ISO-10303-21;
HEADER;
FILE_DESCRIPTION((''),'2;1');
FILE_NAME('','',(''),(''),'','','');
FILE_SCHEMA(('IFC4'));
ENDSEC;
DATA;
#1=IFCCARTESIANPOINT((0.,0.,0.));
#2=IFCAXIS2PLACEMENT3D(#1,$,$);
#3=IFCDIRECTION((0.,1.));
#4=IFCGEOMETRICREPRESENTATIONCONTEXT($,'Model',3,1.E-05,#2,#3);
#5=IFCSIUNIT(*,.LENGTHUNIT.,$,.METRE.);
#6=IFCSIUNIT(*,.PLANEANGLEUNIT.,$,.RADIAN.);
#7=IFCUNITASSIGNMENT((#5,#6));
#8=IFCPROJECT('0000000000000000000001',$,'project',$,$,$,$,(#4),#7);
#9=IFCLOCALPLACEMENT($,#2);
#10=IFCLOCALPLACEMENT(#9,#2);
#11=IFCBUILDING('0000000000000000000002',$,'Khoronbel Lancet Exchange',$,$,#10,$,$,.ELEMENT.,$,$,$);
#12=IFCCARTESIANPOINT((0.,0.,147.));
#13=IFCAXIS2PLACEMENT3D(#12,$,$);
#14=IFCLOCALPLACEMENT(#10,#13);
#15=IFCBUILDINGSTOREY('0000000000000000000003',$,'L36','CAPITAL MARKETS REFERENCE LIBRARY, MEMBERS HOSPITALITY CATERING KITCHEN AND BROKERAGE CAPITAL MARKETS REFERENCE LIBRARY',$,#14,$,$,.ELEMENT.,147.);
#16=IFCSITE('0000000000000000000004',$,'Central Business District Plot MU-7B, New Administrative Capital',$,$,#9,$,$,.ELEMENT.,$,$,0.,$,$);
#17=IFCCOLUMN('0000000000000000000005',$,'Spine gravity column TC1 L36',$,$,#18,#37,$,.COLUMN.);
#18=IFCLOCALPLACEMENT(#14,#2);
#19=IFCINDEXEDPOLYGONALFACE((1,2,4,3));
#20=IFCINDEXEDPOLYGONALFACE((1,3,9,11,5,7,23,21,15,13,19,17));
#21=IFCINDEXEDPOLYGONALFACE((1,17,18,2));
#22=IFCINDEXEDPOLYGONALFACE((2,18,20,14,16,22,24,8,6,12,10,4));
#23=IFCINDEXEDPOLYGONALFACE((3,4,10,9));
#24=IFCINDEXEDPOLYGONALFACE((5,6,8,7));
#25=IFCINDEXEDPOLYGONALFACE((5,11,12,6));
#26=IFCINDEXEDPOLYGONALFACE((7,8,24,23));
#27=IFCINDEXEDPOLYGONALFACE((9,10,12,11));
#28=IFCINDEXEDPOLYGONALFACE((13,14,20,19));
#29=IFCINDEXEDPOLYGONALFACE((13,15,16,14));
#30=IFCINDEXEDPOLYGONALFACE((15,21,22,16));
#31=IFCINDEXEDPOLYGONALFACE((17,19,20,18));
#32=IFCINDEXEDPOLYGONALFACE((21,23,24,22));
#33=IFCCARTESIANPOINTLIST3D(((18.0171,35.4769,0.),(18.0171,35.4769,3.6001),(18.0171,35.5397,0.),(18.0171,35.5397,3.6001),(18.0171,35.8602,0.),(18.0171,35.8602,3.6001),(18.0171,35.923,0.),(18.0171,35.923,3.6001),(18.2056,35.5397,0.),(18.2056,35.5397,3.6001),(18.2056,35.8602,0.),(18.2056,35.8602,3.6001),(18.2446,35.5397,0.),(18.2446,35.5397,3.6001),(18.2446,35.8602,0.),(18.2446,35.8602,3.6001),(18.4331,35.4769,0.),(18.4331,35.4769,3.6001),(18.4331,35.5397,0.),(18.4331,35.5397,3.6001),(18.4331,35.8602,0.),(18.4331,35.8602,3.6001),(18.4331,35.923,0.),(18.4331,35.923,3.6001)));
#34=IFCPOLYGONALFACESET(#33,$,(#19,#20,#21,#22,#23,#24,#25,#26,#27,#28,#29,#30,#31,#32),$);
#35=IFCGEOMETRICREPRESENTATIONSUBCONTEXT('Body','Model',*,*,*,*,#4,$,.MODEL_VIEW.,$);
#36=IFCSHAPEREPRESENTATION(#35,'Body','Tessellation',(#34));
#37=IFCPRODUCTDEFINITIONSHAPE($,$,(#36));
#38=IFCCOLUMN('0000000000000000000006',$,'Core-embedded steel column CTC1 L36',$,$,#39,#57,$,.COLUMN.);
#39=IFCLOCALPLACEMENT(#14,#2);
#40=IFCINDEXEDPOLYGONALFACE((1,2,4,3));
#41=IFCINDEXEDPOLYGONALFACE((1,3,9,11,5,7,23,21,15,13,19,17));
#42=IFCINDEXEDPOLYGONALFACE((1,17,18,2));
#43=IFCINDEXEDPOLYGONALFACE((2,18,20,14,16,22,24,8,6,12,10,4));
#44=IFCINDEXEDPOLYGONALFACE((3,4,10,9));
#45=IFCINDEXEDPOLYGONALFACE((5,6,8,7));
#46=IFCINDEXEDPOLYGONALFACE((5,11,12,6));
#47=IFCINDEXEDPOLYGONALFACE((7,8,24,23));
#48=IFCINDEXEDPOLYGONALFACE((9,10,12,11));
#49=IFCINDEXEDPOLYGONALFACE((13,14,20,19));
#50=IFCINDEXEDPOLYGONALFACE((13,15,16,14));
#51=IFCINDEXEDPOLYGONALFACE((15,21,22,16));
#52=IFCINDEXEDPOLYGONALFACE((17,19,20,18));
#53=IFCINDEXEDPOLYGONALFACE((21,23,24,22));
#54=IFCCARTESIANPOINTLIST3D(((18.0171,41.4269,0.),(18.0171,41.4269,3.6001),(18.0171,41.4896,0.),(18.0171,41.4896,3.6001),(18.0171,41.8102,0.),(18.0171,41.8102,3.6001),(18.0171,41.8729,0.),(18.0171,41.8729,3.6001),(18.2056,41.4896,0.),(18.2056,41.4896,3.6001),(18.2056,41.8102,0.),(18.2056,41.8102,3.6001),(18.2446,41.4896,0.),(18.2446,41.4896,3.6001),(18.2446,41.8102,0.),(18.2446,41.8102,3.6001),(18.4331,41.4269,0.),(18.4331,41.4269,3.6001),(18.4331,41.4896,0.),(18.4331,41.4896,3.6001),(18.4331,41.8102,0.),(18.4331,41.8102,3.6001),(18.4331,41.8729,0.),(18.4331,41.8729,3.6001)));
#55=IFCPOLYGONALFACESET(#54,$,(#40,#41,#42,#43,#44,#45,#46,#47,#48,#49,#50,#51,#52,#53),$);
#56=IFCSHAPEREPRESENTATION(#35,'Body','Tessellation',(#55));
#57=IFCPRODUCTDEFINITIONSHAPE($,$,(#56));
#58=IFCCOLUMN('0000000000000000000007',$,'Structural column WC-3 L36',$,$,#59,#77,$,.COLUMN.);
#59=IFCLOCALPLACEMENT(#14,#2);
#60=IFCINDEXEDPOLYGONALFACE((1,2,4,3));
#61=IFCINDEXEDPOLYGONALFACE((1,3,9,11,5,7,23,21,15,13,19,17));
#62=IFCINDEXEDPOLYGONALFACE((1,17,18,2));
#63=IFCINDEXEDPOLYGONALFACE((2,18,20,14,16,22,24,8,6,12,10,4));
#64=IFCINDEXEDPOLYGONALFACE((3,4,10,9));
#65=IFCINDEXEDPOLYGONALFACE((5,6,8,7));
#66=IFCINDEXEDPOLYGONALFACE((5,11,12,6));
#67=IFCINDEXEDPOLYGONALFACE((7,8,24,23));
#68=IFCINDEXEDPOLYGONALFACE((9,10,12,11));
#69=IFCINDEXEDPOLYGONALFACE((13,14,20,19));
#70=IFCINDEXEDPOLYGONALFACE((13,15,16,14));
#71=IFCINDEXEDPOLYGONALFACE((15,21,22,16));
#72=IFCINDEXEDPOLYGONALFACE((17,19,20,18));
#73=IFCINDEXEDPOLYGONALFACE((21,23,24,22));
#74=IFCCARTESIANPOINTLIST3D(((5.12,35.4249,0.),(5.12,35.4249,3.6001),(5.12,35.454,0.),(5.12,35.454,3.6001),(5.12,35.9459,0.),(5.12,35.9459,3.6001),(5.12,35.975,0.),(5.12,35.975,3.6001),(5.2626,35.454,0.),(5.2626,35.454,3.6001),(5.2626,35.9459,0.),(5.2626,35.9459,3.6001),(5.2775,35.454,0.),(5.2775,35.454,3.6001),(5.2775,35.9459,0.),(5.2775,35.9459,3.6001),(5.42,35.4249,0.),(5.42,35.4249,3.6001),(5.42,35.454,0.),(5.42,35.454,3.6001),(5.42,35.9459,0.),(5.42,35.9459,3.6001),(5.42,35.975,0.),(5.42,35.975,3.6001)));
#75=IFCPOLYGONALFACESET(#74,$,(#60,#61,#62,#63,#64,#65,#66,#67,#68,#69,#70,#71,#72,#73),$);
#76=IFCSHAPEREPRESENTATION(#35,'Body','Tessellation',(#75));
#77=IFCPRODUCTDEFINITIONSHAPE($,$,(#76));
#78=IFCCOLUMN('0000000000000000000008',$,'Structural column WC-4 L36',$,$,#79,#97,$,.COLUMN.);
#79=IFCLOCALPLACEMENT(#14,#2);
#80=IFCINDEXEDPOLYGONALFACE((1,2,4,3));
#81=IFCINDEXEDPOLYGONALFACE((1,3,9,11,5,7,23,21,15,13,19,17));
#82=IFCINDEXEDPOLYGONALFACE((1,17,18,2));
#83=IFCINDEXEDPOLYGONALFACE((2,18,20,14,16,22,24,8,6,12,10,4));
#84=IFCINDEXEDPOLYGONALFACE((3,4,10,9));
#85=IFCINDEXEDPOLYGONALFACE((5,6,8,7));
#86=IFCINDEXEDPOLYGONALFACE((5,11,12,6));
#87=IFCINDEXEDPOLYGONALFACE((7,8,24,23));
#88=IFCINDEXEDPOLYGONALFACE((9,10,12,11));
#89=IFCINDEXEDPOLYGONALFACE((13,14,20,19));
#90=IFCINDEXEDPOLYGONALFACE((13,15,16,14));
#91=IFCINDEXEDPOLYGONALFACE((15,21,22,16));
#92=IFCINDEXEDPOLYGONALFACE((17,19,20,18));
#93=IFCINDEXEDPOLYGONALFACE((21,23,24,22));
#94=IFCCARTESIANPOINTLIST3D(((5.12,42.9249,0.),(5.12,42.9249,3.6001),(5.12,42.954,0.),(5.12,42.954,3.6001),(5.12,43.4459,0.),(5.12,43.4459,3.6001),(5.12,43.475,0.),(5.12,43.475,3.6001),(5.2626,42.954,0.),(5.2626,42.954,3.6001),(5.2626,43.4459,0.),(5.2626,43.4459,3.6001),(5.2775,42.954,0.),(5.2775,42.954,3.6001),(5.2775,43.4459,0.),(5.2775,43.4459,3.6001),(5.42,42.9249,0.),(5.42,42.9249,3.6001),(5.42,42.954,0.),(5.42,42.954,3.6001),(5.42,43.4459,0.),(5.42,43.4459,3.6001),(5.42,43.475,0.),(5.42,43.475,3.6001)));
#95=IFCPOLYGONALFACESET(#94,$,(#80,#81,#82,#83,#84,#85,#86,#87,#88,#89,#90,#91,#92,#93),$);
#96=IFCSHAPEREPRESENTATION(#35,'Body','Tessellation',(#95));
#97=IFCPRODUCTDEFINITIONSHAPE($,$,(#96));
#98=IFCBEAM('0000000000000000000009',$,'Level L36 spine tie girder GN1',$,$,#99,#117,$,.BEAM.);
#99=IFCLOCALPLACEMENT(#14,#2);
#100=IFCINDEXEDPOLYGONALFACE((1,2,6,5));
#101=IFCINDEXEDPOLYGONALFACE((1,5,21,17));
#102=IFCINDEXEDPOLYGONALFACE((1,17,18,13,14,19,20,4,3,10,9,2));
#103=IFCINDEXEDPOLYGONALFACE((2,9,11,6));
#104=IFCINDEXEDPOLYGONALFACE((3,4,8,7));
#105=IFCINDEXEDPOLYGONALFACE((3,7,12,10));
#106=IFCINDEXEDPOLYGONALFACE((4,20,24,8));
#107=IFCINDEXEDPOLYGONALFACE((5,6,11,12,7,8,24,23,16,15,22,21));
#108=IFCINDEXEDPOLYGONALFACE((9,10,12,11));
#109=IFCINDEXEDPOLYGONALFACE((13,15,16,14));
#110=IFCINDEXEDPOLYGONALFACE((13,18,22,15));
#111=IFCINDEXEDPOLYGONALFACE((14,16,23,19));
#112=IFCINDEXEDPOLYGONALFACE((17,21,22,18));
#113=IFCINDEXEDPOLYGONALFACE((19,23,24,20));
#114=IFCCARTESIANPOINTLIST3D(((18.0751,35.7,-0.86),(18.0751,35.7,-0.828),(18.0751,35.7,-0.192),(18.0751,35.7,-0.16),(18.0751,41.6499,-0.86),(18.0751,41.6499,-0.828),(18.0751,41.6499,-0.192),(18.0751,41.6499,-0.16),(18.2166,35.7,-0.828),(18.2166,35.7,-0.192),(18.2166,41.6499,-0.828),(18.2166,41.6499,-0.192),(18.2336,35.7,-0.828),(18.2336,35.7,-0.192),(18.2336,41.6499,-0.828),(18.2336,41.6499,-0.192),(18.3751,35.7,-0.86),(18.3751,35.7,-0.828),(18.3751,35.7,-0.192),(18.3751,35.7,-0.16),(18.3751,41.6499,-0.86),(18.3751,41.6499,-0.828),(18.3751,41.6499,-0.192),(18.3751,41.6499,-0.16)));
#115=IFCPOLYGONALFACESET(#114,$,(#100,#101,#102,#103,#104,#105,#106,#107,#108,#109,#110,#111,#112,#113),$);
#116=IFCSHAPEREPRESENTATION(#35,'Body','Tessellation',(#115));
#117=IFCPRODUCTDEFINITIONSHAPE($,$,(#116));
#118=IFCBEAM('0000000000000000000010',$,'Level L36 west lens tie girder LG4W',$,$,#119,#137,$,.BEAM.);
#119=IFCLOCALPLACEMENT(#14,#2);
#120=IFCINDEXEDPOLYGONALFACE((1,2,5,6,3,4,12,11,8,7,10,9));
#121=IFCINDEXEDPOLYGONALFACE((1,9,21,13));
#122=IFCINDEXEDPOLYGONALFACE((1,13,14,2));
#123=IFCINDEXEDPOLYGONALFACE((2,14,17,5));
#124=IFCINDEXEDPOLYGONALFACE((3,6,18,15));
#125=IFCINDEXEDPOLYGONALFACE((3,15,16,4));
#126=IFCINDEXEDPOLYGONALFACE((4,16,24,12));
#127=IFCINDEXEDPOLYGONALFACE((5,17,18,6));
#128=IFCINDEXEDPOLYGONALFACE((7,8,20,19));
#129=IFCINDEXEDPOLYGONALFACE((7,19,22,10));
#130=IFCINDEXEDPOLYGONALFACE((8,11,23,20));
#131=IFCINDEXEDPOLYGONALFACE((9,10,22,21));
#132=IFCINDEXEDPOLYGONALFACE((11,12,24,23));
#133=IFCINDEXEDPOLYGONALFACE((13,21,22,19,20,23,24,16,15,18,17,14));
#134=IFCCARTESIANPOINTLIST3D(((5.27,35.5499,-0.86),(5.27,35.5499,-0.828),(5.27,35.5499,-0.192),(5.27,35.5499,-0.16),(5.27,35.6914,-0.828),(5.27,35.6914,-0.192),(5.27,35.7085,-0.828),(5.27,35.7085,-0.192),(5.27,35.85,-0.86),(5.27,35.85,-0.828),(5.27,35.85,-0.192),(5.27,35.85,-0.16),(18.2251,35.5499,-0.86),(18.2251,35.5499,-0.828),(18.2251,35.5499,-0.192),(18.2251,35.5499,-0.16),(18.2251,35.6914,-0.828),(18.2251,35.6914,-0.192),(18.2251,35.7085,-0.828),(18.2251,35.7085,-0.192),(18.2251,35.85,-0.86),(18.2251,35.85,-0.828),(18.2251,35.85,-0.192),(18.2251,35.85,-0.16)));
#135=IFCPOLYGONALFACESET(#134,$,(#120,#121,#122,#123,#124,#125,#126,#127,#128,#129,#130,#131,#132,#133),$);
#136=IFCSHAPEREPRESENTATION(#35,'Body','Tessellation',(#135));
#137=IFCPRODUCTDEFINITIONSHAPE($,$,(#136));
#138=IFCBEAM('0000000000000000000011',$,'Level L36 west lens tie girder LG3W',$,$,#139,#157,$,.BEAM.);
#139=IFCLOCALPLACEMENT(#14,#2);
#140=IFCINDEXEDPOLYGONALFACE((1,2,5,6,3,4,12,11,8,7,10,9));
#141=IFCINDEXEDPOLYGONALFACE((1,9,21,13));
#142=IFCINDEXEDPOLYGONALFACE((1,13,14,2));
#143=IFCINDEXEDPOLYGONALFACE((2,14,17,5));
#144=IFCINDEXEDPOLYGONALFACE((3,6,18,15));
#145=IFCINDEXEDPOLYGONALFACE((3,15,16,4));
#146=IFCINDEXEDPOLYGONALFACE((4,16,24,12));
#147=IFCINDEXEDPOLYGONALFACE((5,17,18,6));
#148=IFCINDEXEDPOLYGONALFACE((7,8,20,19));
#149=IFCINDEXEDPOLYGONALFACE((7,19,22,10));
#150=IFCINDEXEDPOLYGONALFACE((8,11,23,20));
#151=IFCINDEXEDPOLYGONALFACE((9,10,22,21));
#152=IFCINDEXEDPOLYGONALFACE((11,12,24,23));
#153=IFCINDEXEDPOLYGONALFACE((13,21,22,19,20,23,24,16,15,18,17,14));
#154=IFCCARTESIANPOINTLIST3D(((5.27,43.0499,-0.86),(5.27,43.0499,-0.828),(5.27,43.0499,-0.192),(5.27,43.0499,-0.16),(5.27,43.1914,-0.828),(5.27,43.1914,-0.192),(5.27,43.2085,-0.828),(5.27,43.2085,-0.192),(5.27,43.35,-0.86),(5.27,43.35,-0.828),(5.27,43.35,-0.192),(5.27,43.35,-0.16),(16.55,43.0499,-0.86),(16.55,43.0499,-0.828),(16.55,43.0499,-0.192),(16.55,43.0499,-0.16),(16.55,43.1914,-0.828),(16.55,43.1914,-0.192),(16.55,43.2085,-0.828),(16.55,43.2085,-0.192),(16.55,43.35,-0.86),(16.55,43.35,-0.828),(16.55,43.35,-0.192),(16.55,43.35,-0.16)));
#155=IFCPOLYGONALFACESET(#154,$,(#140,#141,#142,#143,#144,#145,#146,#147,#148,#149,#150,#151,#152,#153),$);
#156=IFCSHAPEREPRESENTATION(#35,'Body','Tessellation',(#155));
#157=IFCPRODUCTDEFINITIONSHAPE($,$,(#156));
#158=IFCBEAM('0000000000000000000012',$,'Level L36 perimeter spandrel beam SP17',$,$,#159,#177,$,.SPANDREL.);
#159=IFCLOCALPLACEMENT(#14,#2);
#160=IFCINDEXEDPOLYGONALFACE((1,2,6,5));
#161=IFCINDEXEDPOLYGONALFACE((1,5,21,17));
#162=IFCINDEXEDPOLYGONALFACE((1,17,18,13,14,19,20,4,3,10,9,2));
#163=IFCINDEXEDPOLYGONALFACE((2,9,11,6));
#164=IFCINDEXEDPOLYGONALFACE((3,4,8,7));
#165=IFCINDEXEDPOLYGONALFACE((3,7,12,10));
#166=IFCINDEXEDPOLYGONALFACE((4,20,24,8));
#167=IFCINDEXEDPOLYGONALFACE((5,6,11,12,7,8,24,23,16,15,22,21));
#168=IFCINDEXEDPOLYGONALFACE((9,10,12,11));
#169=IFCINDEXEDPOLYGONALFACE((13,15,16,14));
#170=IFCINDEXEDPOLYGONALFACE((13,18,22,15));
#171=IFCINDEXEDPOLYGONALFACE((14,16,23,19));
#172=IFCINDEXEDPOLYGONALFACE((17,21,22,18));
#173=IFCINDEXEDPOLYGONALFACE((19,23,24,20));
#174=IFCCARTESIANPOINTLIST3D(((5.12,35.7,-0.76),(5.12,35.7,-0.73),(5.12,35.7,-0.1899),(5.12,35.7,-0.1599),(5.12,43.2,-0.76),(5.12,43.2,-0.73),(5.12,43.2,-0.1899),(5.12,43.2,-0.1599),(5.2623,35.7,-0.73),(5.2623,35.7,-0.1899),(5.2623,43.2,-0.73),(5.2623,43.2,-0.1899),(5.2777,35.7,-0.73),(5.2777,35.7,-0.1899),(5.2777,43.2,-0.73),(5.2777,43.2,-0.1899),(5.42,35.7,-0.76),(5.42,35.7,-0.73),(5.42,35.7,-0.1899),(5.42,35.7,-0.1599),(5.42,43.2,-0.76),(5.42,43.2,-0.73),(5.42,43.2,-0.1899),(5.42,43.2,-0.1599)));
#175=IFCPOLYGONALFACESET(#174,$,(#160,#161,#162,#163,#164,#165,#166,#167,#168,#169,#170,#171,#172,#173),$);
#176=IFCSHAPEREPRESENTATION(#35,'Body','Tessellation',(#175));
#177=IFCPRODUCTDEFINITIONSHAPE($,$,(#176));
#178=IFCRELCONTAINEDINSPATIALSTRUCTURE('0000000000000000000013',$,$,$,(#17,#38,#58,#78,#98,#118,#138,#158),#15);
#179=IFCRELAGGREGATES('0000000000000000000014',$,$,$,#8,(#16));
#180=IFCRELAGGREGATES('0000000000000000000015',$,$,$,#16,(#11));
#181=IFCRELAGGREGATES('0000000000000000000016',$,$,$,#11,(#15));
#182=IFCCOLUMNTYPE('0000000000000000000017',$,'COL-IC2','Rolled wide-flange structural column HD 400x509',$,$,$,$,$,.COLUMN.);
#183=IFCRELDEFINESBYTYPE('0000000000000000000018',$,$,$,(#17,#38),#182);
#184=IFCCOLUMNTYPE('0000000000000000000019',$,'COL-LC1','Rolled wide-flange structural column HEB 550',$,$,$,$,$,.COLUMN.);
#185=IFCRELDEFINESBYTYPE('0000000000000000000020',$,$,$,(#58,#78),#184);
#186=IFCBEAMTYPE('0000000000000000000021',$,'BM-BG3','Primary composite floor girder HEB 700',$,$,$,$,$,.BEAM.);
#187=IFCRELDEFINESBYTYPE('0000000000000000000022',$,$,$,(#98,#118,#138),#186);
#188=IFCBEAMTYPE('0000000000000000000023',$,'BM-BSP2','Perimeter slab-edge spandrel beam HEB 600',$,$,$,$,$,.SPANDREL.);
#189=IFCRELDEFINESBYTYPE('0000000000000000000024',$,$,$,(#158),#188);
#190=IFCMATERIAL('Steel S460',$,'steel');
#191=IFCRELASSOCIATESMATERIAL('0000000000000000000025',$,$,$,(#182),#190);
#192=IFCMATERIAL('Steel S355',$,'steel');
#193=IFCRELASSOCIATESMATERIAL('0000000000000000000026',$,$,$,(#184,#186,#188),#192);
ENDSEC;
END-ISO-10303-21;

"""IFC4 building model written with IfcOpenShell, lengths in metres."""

from ifc_helpers import new_model, si_unit, direction, frame, origin, origin_2d, place, context, subcontext, project, spatial, i_section, extrude, material, material_profile, profile_set, type_object, element, save


model = new_model("IFC4")

# Units and contexts
model_context = context("Model", 3, precision=1e-05, world=origin(), true_north=direction((0.0, 1.0)))
body_context = subcontext(model_context, "Body", "Model", "MODEL_VIEW")
ifc_project = project(units=[si_unit("LENGTHUNIT", "METRE"), si_unit("PLANEANGLEUNIT", "RADIAN")], contexts=[model_context])

# Site, building, storey
site_placement = place(None, origin())
site = spatial("IfcSite", under=ifc_project, at=site_placement, Name="Central Business District Plot MU-7B, New Administrative Capital", CompositionType="ELEMENT", RefElevation=0.0)
building_placement = place(site_placement, origin())
building = spatial("IfcBuilding", under=site, at=building_placement, Name="Khoronbel Lancet Exchange", CompositionType="ELEMENT")
storey_placement = place(building_placement, frame((0.0, 0.0, 147.0)))
storey = spatial("IfcBuildingStorey", under=building, at=storey_placement, Name="L36", Description="CAPITAL MARKETS REFERENCE LIBRARY, MEMBERS HOSPITALITY CATERING KITCHEN AND BROKERAGE CAPITAL MARKETS REFERENCE LIBRARY", CompositionType="ELEMENT", Elevation=147.0)

# Columns
ifc_material_1 = material(Name="Steel S460", Category="steel")
ifc_material_profile_1 = material_profile(ifc_material_1, i_section(OverallWidth=0.416, OverallDepth=0.446, WebThickness=0.0391, FlangeThickness=0.0627, at=origin_2d()), Name="HD 400x509")
ifc_profile_set_1 = profile_set([ifc_material_profile_1], Name="Steel S460")
column_type_1 = type_object("IfcColumnType", Name="COL-IC2", Description="Rolled wide-flange structural column HD 400x509", PredefinedType="COLUMN", material=ifc_profile_set_1)
for number, where, z_axis, x_axis, name in (
    (1, (18.2251, 35.7, 0.0), (0.0, 0.0, 1.0), (1.0, 0.0, 0.0), "Spine gravity column TC1 L36"),
    (2, (18.2251, 41.6499, 0.0), (0.0, 0.0, 1.0), (1.0, 0.0, 0.0), "Core-embedded steel column CTC1 L36"),
):
    element("IfcColumn", number, at=place(storey_placement, frame(where, z_axis=z_axis, x_axis=x_axis)), inside=storey, type_object=column_type_1, Name=name, PredefinedType="COLUMN", context=body_context, shape_type="SweptSolid", body=[
        extrude(i_section(OverallWidth=0.416, OverallDepth=0.446, WebThickness=0.0391, FlangeThickness=0.0627, at=origin_2d()), origin(), (0.0, 0.0, 1.0), 3.6001),
    ])
ifc_material_2 = material(Name="Steel S355", Category="steel")
ifc_material_profile_2 = material_profile(ifc_material_2, i_section(OverallWidth=0.3, OverallDepth=0.55, WebThickness=0.0149, FlangeThickness=0.0291, at=origin_2d()), Name="HEB 550")
ifc_profile_set_2 = profile_set([ifc_material_profile_2], Name="Steel S355")
column_type_2 = type_object("IfcColumnType", Name="COL-LC1", Description="Rolled wide-flange structural column HEB 550", PredefinedType="COLUMN", material=ifc_profile_set_2)
for number, where, z_axis, x_axis, name in (
    (3, (5.27, 35.7, 0.0), (0.0, 0.0, 1.0), (1.0, 0.0, 0.0), "Structural column WC-3 L36"),
    (4, (5.27, 43.2, 0.0), (0.0, 0.0, 1.0), (1.0, 0.0, 0.0), "Structural column WC-4 L36"),
):
    element("IfcColumn", number, at=place(storey_placement, frame(where, z_axis=z_axis, x_axis=x_axis)), inside=storey, type_object=column_type_2, Name=name, PredefinedType="COLUMN", context=body_context, shape_type="SweptSolid", body=[
        extrude(i_section(OverallWidth=0.3, OverallDepth=0.55, WebThickness=0.0149, FlangeThickness=0.0291, at=origin_2d()), origin(), (0.0, 0.0, 1.0), 3.6001),
    ])

# Beams
ifc_material_profile_3 = material_profile(ifc_material_2, i_section(OverallWidth=0.3, OverallDepth=0.7, WebThickness=0.0171, FlangeThickness=0.032, at=origin_2d()), Name="HEB 700")
ifc_profile_set_3 = profile_set([ifc_material_profile_3], Name="Steel S355")
beam_type_1 = type_object("IfcBeamType", Name="BM-BG3", Description="Primary composite floor girder HEB 700", PredefinedType="BEAM", material=ifc_profile_set_3)
beam_1_placement = place(storey_placement, frame((18.2251, 35.7, -0.51), z_axis=(0.0, 1.0, 0.0), x_axis=(-1.0, 0.0, 0.0)))
element("IfcBeam", 5, at=beam_1_placement, inside=storey, type_object=beam_type_1, Name="Level L36 spine tie girder GN1", PredefinedType="BEAM", context=body_context, shape_type="SweptSolid", body=[
    extrude(i_section(OverallWidth=0.3, OverallDepth=0.7, WebThickness=0.0171, FlangeThickness=0.032, at=origin_2d()), origin(), (0.0, 0.0, 1.0), 5.95),
])
beam_2_placement = place(storey_placement, frame((5.27, 35.7, -0.51), z_axis=(1.0, 0.0, 0.0), x_axis=(0.0, 1.0, 0.0)))
element("IfcBeam", 6, at=beam_2_placement, inside=storey, type_object=beam_type_1, Name="Level L36 west lens tie girder LG4W", PredefinedType="BEAM", context=body_context, shape_type="SweptSolid", body=[
    extrude(i_section(OverallWidth=0.3, OverallDepth=0.7, WebThickness=0.0171, FlangeThickness=0.032, at=origin_2d()), origin(), (0.0, 0.0, 1.0), 12.9551),
])
beam_3_placement = place(storey_placement, frame((5.27, 43.2, -0.51), z_axis=(1.0, 0.0, 0.0), x_axis=(0.0, 1.0, 0.0)))
element("IfcBeam", 7, at=beam_3_placement, inside=storey, type_object=beam_type_1, Name="Level L36 west lens tie girder LG3W", PredefinedType="BEAM", context=body_context, shape_type="SweptSolid", body=[
    extrude(i_section(OverallWidth=0.3, OverallDepth=0.7, WebThickness=0.0171, FlangeThickness=0.032, at=origin_2d()), origin(), (0.0, 0.0, 1.0), 11.28),
])
ifc_material_profile_4 = material_profile(ifc_material_2, i_section(OverallWidth=0.3, OverallDepth=0.6001, WebThickness=0.0154, FlangeThickness=0.03, at=origin_2d()), Name="HEB 600")
ifc_profile_set_4 = profile_set([ifc_material_profile_4], Name="Steel S355")
beam_type_2 = type_object("IfcBeamType", Name="BM-BSP2", Description="Perimeter slab-edge spandrel beam HEB 600", PredefinedType="SPANDREL", material=ifc_profile_set_4)
beam_4_placement = place(storey_placement, frame((5.27, 43.2, -0.46), z_axis=(0.0, -1.0, 0.0), x_axis=(1.0, 0.0, 0.0)))
element("IfcBeam", 8, at=beam_4_placement, inside=storey, type_object=beam_type_2, Name="Level L36 perimeter spandrel beam SP17", PredefinedType="SPANDREL", context=body_context, shape_type="SweptSolid", body=[
    extrude(i_section(OverallWidth=0.3, OverallDepth=0.6001, WebThickness=0.0154, FlangeThickness=0.03, at=origin_2d()), origin(), (0.0, 0.0, 1.0), 7.5),
])

save(model, "model.ifc")
